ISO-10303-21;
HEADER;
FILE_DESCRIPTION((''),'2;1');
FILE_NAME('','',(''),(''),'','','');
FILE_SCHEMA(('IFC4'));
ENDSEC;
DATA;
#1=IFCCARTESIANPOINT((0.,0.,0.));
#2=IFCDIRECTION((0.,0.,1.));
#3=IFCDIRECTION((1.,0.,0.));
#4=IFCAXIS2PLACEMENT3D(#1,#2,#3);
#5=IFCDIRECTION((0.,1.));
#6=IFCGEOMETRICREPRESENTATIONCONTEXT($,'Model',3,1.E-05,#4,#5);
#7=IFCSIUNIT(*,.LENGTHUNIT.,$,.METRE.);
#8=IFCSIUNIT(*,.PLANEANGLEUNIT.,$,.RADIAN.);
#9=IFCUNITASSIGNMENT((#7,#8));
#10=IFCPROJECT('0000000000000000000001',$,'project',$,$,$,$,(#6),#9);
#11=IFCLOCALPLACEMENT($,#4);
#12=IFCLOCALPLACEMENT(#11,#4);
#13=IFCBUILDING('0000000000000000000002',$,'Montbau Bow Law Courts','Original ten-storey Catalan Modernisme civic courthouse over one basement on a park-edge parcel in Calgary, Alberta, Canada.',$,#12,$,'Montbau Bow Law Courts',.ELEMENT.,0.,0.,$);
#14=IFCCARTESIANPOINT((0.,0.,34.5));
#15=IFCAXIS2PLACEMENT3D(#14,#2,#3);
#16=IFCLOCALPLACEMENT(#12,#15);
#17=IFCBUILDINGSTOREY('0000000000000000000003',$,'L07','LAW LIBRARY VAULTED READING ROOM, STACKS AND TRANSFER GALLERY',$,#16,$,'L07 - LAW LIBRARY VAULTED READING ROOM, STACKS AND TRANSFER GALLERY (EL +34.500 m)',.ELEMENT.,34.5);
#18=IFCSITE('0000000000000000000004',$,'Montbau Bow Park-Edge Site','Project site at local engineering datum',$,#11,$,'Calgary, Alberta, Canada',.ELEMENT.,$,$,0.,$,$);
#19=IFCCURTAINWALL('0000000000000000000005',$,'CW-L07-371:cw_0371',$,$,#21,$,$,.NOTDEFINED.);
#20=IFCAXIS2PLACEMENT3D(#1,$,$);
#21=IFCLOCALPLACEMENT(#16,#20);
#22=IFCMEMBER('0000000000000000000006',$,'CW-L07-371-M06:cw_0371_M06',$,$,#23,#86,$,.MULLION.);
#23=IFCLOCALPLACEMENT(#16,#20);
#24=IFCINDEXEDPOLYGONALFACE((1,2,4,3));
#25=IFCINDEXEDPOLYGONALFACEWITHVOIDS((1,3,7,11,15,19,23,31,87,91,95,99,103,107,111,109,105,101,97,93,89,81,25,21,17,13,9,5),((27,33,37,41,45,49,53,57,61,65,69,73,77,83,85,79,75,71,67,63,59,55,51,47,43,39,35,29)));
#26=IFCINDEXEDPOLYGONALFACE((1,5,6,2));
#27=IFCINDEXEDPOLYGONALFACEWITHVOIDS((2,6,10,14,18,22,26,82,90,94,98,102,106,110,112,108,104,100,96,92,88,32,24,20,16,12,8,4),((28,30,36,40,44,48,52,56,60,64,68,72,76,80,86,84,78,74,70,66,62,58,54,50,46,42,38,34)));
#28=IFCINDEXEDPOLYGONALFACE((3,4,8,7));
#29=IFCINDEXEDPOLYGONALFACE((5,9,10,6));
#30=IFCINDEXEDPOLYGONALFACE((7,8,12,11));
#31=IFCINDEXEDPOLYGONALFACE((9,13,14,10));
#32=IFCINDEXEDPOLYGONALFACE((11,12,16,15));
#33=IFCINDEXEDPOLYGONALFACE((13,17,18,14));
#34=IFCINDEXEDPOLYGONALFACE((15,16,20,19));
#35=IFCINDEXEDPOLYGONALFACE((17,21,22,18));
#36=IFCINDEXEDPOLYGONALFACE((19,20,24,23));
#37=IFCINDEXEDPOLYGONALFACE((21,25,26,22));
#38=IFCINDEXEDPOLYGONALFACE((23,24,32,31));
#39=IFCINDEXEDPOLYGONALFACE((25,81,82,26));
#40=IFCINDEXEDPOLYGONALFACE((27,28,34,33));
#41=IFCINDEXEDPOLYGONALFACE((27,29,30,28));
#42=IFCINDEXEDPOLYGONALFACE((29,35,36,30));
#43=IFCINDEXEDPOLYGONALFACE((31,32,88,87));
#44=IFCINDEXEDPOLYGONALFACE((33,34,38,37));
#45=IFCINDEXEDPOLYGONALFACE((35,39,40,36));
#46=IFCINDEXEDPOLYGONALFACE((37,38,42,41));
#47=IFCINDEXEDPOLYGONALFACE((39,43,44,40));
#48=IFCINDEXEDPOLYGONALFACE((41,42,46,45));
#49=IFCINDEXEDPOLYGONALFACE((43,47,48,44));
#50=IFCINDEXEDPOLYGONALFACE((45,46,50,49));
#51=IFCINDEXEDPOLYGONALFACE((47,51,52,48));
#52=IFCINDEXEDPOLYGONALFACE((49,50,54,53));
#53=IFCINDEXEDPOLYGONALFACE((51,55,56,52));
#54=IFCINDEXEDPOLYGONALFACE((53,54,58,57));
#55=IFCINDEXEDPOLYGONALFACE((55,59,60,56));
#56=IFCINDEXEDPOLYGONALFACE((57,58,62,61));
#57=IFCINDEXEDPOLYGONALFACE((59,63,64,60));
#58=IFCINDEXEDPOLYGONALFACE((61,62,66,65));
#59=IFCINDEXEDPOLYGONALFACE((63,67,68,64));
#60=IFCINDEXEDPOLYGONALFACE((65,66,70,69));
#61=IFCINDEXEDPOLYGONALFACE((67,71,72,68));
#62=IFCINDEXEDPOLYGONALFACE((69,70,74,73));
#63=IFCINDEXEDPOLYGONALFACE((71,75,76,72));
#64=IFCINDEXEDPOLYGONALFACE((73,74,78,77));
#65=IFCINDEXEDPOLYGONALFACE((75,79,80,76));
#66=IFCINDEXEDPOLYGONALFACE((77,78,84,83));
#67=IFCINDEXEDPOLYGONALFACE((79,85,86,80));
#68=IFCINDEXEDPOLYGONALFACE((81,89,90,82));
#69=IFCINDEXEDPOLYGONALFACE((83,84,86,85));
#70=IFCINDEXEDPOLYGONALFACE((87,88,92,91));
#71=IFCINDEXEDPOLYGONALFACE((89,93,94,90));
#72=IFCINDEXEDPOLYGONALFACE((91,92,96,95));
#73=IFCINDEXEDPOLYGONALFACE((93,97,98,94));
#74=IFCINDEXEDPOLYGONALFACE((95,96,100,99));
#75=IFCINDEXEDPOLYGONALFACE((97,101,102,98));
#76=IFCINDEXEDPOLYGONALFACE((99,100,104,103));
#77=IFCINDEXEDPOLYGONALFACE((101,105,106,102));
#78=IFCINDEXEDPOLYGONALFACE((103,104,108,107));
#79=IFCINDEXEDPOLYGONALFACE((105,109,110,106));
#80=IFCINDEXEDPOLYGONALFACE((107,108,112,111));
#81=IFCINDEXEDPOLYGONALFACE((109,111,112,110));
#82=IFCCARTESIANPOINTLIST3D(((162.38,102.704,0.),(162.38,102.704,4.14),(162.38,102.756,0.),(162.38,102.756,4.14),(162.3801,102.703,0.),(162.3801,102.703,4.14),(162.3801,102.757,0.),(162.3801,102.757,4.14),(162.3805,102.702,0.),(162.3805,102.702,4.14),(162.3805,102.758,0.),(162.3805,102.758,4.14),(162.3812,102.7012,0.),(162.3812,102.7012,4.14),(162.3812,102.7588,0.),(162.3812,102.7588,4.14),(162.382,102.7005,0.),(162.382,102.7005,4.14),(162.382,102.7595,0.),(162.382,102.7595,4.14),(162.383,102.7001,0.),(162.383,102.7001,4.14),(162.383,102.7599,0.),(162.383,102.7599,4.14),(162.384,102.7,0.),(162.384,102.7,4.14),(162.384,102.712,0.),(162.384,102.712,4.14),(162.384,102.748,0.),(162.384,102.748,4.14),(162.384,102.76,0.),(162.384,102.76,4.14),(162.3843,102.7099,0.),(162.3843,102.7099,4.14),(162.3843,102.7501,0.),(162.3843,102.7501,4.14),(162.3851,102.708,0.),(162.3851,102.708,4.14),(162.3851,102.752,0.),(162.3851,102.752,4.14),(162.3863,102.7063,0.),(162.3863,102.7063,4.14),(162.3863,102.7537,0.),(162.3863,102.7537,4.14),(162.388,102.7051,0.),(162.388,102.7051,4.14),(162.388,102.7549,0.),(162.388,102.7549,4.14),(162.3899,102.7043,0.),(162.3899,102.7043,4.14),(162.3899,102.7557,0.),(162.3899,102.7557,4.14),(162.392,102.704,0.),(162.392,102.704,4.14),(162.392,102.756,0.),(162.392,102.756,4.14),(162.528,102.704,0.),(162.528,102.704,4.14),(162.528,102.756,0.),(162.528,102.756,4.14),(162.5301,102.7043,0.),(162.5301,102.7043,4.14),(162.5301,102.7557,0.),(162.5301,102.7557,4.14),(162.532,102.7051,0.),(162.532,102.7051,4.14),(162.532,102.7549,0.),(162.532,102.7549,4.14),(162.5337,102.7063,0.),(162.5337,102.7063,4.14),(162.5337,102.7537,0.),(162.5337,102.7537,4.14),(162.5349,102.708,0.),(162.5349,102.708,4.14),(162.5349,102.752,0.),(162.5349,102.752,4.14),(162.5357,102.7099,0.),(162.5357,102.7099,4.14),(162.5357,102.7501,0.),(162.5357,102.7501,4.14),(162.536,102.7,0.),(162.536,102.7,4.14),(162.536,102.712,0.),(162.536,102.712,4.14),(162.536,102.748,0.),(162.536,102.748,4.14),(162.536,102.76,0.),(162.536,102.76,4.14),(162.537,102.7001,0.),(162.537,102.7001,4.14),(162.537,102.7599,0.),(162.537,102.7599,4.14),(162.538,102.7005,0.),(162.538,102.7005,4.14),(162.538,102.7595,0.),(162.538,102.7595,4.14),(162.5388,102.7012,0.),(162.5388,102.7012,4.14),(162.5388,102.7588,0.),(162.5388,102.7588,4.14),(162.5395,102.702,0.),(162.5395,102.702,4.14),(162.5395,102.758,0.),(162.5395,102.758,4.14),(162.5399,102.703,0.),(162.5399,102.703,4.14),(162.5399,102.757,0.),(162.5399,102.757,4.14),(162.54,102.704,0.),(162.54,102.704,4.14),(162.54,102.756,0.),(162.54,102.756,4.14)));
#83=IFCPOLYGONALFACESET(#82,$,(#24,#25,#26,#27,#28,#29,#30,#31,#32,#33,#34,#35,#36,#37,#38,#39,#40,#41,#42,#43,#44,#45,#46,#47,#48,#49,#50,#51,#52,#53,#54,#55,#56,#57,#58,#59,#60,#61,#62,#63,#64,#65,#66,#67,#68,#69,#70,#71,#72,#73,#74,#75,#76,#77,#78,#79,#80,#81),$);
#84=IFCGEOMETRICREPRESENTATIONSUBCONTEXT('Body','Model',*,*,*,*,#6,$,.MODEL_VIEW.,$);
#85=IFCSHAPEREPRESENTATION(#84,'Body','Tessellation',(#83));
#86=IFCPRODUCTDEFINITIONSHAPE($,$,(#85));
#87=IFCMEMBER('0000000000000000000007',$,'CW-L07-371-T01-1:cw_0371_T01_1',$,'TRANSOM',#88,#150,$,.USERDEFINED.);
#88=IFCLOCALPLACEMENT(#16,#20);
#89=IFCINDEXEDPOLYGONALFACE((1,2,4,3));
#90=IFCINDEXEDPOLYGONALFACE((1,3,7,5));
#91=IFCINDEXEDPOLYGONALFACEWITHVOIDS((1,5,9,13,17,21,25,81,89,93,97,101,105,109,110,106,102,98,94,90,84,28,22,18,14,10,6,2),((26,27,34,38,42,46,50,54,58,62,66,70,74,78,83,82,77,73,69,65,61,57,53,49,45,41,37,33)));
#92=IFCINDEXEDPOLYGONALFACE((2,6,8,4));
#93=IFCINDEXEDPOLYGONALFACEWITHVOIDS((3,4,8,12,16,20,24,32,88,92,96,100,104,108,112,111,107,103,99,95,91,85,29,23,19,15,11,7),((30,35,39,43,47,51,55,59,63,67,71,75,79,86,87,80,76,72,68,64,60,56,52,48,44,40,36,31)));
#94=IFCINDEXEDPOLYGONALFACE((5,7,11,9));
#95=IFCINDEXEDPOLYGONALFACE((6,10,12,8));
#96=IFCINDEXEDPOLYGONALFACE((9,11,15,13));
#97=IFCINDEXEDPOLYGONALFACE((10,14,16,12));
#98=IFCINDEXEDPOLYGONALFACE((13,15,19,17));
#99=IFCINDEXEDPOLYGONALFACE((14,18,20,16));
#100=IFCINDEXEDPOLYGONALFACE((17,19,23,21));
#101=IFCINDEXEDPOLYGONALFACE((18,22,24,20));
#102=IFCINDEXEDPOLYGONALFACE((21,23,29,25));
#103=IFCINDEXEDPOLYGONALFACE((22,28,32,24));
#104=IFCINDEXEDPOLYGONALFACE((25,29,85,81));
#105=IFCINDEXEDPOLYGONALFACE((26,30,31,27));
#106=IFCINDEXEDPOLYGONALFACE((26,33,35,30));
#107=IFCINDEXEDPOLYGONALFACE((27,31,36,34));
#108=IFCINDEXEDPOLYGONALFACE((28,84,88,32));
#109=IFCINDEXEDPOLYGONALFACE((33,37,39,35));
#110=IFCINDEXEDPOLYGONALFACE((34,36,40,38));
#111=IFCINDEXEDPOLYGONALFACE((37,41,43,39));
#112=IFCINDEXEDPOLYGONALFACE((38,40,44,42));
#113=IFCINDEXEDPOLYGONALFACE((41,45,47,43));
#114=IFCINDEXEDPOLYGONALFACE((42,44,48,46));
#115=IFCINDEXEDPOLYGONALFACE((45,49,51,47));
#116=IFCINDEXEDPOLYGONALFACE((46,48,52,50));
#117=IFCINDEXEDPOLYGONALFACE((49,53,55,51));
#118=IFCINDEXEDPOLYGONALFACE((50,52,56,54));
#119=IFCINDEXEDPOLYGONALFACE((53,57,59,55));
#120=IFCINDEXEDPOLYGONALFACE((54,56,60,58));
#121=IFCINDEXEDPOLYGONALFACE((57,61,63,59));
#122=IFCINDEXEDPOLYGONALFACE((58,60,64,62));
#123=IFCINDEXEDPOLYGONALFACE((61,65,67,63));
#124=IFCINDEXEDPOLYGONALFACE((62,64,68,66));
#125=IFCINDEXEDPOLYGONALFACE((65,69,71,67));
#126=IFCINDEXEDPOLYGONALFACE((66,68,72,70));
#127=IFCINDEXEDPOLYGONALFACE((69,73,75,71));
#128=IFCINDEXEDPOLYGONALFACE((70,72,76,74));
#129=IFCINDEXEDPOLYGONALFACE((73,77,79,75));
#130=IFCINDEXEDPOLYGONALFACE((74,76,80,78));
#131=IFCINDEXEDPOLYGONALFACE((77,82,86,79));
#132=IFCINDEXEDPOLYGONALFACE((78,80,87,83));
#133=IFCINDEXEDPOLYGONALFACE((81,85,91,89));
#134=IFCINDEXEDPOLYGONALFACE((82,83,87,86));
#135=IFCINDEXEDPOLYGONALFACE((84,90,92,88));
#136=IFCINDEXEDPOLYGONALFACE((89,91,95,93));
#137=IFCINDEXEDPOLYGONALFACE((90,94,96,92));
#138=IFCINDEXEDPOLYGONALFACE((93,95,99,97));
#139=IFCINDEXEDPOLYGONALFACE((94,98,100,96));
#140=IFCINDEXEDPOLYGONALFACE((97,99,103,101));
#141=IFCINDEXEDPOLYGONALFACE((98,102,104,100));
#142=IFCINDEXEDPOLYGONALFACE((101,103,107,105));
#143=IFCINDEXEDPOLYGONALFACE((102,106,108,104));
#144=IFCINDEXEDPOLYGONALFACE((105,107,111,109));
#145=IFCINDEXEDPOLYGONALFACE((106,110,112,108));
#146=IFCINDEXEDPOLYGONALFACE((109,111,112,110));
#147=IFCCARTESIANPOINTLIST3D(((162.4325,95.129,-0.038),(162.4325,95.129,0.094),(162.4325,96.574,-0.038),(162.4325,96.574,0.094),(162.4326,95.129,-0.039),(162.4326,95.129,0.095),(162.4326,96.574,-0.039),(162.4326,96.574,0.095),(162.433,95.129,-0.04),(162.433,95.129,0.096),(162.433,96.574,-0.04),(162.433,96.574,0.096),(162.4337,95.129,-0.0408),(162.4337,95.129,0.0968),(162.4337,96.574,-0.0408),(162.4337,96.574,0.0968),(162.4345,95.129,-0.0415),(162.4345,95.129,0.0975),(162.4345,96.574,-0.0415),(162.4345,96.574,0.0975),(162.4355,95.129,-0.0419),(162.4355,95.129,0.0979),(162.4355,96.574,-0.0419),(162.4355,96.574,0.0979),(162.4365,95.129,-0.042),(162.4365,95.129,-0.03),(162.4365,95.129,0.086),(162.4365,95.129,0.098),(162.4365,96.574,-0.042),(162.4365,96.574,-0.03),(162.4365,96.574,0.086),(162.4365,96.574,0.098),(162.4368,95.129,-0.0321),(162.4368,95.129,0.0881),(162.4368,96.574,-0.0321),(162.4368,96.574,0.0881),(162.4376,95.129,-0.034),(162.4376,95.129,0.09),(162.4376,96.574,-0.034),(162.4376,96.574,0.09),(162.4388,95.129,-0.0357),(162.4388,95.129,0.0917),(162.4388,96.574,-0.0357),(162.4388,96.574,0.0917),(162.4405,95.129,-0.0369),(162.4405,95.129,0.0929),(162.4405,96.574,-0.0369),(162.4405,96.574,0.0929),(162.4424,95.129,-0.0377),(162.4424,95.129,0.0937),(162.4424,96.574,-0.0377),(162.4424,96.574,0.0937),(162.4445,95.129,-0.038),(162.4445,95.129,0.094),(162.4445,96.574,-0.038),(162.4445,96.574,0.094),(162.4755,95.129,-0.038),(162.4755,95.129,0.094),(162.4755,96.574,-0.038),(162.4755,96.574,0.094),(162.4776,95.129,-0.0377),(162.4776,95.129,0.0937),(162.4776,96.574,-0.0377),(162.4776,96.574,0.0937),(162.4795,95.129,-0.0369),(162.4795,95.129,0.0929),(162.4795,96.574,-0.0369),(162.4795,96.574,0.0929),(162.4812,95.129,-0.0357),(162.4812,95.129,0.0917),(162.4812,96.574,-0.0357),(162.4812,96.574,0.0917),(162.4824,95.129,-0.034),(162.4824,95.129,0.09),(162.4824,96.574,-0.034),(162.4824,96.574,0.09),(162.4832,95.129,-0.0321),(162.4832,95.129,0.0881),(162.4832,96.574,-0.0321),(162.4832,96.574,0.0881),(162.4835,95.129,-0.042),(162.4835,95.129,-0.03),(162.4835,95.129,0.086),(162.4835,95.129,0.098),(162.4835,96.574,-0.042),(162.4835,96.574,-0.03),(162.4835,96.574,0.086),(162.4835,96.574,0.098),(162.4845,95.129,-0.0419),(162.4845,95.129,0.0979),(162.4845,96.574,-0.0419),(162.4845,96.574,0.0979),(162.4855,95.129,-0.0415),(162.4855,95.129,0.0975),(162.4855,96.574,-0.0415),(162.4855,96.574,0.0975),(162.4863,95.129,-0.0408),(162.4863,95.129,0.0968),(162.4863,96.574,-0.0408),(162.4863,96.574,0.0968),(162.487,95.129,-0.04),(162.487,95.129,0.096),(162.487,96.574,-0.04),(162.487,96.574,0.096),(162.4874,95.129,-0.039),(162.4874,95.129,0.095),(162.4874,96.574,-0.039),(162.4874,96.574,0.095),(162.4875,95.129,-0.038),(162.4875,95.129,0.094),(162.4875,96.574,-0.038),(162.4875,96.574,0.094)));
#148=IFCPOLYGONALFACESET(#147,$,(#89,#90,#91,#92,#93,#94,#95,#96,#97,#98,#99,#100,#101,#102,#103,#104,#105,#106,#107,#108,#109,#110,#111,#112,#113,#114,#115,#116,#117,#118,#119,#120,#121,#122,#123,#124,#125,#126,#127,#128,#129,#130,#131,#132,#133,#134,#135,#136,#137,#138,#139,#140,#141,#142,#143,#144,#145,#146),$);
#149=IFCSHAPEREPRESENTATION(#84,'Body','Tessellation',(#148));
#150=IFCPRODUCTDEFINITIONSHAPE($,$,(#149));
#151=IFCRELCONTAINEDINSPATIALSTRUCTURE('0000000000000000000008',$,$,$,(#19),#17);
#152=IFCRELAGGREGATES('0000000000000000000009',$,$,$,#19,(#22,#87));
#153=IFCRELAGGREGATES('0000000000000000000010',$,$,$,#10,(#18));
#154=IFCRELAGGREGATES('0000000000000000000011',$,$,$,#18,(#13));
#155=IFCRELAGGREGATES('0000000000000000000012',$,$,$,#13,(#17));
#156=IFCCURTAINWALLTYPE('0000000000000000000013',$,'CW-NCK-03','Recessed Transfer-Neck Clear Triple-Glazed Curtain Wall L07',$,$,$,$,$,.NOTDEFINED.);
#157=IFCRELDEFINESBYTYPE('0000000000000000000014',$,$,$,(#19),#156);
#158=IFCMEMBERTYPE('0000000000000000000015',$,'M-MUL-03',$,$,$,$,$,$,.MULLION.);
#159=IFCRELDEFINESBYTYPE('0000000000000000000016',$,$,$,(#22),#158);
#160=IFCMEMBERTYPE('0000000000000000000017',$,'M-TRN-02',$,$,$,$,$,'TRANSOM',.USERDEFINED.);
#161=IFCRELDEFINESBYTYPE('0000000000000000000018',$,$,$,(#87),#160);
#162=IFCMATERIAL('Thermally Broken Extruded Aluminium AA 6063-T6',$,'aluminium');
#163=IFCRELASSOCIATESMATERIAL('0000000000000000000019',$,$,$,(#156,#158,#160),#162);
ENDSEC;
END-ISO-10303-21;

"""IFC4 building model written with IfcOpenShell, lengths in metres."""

from ifc_helpers import new_model, si_unit, direction, frame, origin_with_axes, origin_2d_with_axis, place, context, subcontext, project, spatial, hollow_rectangle, extrude, material, material_profile, profile_set, type_object, element, aggregate, save


model = new_model("IFC4")

# Units and contexts
model_context = context("Model", 3, precision=1e-05, world=origin_with_axes(), true_north=direction((0.0, 1.0)))
body_context = subcontext(model_context, "Body", "Model", "MODEL_VIEW")
ifc_project = project(units=[si_unit("LENGTHUNIT", "METRE"), si_unit("PLANEANGLEUNIT", "RADIAN")], contexts=[model_context])

# Site, building, storey
site_placement = place(None, origin_with_axes())
site = spatial("IfcSite", under=ifc_project, at=site_placement, Name="Montbau Bow Park-Edge Site", Description="Project site at local engineering datum", LongName="Calgary, Alberta, Canada", CompositionType="ELEMENT", RefElevation=0.0)
building_placement = place(site_placement, origin_with_axes())
building = spatial("IfcBuilding", under=site, at=building_placement, Name="Montbau Bow Law Courts", Description="Original ten-storey Catalan Modernisme civic courthouse over one basement on a park-edge parcel in Calgary, Alberta, Canada.", LongName="Montbau Bow Law Courts", CompositionType="ELEMENT", ElevationOfRefHeight=0.0, ElevationOfTerrain=0.0)
storey_placement = place(building_placement, frame((0.0, 0.0, 34.5), z_axis=(0.0, 0.0, 1.0), x_axis=(1.0, 0.0, 0.0)))
storey = spatial("IfcBuildingStorey", under=building, at=storey_placement, Name="L07", Description="LAW LIBRARY VAULTED READING ROOM, STACKS AND TRANSFER GALLERY", LongName="L07 - LAW LIBRARY VAULTED READING ROOM, STACKS AND TRANSFER GALLERY (EL +34.500 m)", CompositionType="ELEMENT", Elevation=34.5)

# Curtain wall, members
ifc_material_1 = material(Name="Thermally Broken Extruded Aluminium AA 6063-T6", Category="aluminium")
curtain_wall_type = type_object("IfcCurtainWallType", Name="CW-NCK-03", Description="Recessed Transfer-Neck Clear Triple-Glazed Curtain Wall L07", PredefinedType="NOTDEFINED", material=ifc_material_1)
curtain_wall_placement = place(None, frame((162.46, 95.067, 34.5), z_axis=(0.0, 0.0, 1.0), x_axis=(1.0, 0.0, 0.0)))
curtain_wall = element("IfcCurtainWall", 1, at=curtain_wall_placement, inside=storey, type_object=curtain_wall_type, Name="CW-L07-371:cw_0371", PredefinedType="NOTDEFINED")
ifc_material_profile_1 = material_profile(ifc_material_1, hollow_rectangle(XDim=0.06, YDim=0.16, WallThickness=0.004, InnerFilletRadius=0.008, OuterFilletRadius=0.004, at=origin_2d_with_axis()), Name="CWM-160X60", Category="Main", Priority=0)
ifc_profile_set_1 = profile_set([ifc_material_profile_1], Name="Thermally Broken Extruded Aluminium AA 6063-T6")
member_type_1 = type_object("IfcMemberType", Name="M-MUL-03", PredefinedType="MULLION", material=ifc_profile_set_1)
member_1_placement = place(None, frame((162.46, 102.73, 34.5), z_axis=(0.0, 0.0, 1.0), x_axis=(0.0, 1.0, 0.0)))
member_1 = element("IfcMember", 2, at=member_1_placement, type_object=member_type_1, Name="CW-L07-371-M06:cw_0371_M06", PredefinedType="MULLION", context=body_context, shape_type="SweptSolid", body=[
    extrude(hollow_rectangle(XDim=0.06, YDim=0.16, WallThickness=0.004, InnerFilletRadius=0.008, OuterFilletRadius=0.004, at=origin_2d_with_axis()), origin_with_axes(), (0.0, 0.0, 1.0), 4.14),
])
ifc_material_profile_2 = material_profile(ifc_material_1, hollow_rectangle(XDim=0.055, YDim=0.14, WallThickness=0.004, InnerFilletRadius=0.008, OuterFilletRadius=0.004, at=origin_2d_with_axis()), Name="CWT-140X55", Category="Main", Priority=0)
ifc_profile_set_2 = profile_set([ifc_material_profile_2], Name="Thermally Broken Extruded Aluminium AA 6063-T6")
member_type_2 = type_object("IfcMemberType", Name="M-TRN-02", ElementType="TRANSOM", PredefinedType="USERDEFINED", material=ifc_profile_set_2)
member_2_placement = place(None, frame((162.46, 95.129, 34.528), z_axis=(0.0, 1.0, 0.0), x_axis=(-1.0, 0.0, 0.0)))
member_2 = element("IfcMember", 3, at=member_2_placement, type_object=member_type_2, Name="CW-L07-371-T01-1:cw_0371_T01_1", ObjectType="TRANSOM", PredefinedType="USERDEFINED", context=body_context, shape_type="SweptSolid", body=[
    extrude(hollow_rectangle(XDim=0.055, YDim=0.14, WallThickness=0.004, InnerFilletRadius=0.008, OuterFilletRadius=0.004, at=origin_2d_with_axis()), origin_with_axes(), (0.0, 0.0, 1.0), 1.445),
])
aggregate(curtain_wall, [member_1, member_2])

save(model, "model.ifc")
